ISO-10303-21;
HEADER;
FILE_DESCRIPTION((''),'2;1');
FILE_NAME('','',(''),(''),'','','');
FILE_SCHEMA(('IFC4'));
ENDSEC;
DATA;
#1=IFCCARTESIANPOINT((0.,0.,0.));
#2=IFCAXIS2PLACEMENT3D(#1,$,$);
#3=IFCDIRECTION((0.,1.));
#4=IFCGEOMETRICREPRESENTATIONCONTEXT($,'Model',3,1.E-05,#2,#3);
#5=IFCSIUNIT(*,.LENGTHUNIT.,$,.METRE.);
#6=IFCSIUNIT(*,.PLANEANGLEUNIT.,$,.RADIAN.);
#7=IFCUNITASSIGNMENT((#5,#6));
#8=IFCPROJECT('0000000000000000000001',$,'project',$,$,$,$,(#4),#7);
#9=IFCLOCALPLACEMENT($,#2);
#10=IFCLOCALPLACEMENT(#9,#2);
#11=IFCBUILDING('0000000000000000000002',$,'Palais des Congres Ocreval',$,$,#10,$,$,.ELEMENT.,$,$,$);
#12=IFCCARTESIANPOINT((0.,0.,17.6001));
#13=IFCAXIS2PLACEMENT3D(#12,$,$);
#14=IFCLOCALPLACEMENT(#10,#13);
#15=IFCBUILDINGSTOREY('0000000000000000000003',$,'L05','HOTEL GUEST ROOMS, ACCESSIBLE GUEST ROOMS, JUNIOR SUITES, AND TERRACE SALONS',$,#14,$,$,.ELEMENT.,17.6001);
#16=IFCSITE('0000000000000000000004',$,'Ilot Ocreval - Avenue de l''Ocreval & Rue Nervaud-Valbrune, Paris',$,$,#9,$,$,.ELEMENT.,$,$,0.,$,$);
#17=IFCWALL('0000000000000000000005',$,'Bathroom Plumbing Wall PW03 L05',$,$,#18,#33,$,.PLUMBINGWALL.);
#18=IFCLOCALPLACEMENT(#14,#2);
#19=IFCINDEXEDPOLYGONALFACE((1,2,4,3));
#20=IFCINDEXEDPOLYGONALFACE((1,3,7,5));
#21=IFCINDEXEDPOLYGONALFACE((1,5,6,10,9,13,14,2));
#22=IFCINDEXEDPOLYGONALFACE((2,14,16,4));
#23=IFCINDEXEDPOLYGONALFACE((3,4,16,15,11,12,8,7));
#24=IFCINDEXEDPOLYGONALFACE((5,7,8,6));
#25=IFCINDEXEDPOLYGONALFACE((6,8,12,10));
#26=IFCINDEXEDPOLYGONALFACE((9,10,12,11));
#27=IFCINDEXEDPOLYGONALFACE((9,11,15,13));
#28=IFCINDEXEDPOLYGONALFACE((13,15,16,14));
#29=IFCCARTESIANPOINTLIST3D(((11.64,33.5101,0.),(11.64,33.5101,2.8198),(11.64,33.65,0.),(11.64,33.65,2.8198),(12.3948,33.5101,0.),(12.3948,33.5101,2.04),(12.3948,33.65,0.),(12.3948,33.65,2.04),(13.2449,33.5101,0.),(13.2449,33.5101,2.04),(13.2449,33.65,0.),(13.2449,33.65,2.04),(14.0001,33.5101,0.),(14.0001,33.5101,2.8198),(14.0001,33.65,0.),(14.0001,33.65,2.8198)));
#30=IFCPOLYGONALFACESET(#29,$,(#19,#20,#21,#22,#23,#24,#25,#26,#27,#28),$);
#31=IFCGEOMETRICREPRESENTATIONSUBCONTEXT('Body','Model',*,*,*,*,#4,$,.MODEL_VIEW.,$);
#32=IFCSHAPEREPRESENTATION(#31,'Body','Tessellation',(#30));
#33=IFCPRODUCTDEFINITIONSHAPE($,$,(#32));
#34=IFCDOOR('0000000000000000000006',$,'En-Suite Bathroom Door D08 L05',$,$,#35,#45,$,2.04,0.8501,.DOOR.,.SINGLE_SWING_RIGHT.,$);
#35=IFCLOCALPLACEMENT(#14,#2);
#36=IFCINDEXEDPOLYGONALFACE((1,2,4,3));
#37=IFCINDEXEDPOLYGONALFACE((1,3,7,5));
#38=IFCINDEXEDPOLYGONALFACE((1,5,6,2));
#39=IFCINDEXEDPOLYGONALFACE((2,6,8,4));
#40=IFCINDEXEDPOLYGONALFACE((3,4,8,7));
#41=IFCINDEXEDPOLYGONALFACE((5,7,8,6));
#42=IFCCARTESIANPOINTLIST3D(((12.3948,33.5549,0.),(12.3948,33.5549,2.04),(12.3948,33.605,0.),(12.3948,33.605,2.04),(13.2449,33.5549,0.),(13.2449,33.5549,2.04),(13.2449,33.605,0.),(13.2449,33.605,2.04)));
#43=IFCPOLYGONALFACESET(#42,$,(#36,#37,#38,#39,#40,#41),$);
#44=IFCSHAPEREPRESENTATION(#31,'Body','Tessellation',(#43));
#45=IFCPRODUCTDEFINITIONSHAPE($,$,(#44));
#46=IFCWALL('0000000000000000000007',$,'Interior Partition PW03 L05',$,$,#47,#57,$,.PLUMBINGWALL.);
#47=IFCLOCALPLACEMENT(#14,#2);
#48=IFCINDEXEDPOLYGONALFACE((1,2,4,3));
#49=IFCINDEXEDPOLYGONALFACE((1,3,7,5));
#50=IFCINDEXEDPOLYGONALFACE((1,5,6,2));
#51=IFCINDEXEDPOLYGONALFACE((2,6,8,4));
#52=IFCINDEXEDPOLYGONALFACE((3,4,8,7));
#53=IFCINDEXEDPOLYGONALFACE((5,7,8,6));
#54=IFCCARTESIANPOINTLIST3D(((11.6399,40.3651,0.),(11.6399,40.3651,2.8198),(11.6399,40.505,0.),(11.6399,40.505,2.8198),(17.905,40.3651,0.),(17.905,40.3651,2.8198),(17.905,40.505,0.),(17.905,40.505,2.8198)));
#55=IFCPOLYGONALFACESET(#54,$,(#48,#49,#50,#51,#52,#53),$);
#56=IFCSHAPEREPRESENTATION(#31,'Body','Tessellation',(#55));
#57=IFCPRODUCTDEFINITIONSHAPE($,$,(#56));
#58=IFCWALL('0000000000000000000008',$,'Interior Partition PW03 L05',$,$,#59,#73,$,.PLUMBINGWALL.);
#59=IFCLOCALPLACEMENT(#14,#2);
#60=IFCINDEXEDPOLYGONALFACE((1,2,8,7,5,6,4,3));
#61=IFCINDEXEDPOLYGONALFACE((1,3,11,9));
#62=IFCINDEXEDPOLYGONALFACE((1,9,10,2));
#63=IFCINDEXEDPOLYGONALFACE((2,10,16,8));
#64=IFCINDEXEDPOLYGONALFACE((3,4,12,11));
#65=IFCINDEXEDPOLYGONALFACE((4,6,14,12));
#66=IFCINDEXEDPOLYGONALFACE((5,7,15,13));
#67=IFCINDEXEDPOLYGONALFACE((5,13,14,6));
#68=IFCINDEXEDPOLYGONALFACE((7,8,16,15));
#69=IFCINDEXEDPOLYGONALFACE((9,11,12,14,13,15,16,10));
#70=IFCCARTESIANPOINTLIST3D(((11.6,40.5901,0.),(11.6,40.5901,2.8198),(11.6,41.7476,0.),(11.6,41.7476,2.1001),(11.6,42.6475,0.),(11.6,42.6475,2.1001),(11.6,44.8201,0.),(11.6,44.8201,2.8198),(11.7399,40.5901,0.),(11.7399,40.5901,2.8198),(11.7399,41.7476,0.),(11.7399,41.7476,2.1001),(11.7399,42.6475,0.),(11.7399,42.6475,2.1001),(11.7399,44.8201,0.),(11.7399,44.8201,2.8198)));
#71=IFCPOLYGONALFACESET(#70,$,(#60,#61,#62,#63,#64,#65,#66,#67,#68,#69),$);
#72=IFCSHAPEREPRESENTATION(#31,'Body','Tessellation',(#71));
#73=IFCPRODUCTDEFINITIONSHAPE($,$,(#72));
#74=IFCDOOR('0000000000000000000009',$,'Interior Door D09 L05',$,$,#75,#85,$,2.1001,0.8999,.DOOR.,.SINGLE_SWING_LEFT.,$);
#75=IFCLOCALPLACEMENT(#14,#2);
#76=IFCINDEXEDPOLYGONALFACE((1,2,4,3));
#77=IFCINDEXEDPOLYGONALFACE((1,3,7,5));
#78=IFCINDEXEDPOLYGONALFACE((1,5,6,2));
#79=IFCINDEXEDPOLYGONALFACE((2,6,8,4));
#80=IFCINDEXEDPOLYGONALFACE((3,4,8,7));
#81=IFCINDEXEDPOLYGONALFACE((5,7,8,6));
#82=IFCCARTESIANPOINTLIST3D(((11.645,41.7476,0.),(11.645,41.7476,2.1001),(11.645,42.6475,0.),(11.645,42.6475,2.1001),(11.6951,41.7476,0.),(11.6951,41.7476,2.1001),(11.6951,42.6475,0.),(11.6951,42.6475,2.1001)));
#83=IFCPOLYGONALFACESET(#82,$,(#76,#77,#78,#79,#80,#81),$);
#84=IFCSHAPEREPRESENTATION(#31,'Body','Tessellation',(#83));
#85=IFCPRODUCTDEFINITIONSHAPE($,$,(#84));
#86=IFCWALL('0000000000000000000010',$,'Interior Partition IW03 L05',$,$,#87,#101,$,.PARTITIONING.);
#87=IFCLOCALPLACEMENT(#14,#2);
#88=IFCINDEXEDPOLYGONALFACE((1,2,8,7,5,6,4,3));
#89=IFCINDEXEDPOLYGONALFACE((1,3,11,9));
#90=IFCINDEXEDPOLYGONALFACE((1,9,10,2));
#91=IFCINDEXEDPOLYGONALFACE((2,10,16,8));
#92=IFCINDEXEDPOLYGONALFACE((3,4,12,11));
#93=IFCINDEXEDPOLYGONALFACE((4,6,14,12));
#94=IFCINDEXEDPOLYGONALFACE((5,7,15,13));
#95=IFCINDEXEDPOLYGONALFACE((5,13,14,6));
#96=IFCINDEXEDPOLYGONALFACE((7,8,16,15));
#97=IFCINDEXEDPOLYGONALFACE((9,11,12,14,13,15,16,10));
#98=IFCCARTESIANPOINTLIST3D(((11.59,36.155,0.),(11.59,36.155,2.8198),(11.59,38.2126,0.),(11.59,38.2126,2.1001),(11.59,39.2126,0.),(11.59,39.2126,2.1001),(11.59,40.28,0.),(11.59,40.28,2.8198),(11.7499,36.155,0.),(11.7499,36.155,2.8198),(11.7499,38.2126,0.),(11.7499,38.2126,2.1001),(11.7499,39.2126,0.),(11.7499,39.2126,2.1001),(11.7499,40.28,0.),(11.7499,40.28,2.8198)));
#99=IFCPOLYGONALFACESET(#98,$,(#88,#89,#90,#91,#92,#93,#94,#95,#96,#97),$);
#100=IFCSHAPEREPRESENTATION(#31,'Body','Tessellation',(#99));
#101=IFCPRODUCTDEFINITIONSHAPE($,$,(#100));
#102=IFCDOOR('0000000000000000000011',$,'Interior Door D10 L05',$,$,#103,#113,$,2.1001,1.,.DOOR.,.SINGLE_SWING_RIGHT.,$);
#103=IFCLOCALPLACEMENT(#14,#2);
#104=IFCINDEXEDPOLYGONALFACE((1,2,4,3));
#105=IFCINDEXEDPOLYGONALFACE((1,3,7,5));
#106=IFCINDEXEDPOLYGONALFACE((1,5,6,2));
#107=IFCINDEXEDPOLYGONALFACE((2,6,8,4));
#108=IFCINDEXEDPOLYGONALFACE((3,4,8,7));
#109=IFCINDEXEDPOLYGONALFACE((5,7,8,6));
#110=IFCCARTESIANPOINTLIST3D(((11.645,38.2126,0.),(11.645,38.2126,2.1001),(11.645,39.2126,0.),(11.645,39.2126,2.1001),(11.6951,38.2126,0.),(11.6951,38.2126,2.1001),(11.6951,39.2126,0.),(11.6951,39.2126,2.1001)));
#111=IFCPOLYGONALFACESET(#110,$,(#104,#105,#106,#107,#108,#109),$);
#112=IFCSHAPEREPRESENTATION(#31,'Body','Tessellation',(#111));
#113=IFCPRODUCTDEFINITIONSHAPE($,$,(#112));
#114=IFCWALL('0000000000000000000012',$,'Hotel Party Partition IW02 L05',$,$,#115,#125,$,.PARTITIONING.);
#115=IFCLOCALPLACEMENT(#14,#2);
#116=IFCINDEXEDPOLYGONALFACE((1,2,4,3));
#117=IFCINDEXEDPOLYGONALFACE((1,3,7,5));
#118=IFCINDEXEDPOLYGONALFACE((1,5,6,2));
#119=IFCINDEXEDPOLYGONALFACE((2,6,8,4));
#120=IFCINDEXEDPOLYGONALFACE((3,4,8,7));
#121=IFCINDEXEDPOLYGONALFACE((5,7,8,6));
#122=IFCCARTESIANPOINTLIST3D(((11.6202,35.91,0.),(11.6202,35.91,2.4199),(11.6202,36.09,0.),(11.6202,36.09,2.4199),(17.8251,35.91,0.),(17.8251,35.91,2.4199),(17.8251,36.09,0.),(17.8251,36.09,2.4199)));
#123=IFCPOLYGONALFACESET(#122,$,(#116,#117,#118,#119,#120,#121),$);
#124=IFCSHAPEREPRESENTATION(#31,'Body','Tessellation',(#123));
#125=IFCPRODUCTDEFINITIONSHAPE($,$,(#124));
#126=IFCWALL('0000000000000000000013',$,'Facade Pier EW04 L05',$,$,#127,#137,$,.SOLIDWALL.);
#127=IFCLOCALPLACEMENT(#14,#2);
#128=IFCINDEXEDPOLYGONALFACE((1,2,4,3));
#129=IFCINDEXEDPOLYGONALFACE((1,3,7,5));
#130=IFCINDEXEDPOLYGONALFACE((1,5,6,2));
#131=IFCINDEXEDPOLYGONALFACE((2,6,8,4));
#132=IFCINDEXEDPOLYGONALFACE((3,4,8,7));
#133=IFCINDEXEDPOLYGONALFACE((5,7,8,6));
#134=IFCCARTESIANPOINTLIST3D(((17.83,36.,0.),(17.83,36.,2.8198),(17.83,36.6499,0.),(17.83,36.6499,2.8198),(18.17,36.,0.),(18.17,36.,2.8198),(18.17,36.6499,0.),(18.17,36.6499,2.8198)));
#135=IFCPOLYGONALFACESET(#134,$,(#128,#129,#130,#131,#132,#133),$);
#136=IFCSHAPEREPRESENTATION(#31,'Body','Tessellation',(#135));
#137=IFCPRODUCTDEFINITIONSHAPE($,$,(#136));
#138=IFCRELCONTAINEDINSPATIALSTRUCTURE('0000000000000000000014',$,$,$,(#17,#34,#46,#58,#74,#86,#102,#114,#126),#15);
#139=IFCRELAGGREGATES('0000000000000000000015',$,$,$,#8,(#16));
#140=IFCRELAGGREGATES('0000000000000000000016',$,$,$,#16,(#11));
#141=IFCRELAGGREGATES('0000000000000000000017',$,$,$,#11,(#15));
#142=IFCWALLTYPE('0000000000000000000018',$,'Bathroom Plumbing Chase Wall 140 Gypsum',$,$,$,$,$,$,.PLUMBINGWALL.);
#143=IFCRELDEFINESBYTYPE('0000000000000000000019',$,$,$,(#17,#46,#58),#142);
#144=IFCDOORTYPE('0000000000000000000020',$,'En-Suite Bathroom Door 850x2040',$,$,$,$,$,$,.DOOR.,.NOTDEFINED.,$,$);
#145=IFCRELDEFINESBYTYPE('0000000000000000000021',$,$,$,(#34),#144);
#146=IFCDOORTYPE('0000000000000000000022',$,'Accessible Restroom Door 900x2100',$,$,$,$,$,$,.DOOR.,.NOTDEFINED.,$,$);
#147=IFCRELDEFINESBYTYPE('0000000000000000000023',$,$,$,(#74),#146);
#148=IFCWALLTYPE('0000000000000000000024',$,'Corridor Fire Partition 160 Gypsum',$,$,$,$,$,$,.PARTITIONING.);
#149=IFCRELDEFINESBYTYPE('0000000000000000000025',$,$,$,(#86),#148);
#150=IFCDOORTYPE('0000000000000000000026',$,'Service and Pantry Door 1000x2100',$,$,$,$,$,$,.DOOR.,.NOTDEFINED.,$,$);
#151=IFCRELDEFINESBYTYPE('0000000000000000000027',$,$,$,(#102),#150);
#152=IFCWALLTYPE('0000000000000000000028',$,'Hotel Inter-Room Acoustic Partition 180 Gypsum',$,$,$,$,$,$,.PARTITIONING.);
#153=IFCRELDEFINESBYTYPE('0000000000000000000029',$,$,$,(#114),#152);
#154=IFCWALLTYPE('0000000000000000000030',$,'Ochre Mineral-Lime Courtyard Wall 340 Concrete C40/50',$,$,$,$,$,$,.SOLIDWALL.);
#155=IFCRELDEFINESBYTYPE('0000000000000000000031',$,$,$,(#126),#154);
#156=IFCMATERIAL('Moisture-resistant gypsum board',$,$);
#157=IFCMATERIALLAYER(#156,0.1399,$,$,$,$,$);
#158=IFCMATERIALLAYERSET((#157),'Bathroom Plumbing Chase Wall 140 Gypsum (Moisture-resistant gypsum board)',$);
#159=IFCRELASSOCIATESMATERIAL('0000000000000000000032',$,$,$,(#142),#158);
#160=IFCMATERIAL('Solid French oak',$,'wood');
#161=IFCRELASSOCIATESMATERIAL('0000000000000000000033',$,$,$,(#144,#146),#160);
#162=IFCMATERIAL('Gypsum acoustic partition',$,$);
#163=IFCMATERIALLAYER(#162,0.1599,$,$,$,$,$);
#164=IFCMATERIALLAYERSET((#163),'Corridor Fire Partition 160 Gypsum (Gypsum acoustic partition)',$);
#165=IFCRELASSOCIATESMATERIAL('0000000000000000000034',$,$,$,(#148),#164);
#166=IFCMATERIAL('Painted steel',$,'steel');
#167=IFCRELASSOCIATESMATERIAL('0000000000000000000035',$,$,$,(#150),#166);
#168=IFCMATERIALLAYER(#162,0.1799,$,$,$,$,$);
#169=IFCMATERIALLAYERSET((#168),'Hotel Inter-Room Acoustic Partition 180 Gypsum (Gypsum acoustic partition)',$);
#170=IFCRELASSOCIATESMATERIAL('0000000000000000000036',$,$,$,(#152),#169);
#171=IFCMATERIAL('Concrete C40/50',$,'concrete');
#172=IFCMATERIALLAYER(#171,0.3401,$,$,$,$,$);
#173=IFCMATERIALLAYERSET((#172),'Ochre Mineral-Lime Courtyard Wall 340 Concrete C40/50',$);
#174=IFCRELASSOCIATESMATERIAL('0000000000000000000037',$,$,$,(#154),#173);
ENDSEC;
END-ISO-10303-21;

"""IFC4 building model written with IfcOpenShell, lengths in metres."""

from ifc_helpers import new_model, si_unit, direction, frame, frame_2d, origin, place, context, subcontext, project, spatial, rectangle, extrude, material, layer, layer_set, type_object, element, fill, save


model = new_model("IFC4")

# Units and contexts
model_context = context("Model", 3, precision=1e-05, world=origin(), true_north=direction((0.0, 1.0)))
body_context = subcontext(model_context, "Body", "Model", "MODEL_VIEW")
ifc_project = project(units=[si_unit("LENGTHUNIT", "METRE"), si_unit("PLANEANGLEUNIT", "RADIAN")], contexts=[model_context])

# Site, building, storey
site_placement = place(None, origin())
site = spatial("IfcSite", under=ifc_project, at=site_placement, Name="Ilot Ocreval - Avenue de l'Ocreval & Rue Nervaud-Valbrune, Paris", CompositionType="ELEMENT", RefElevation=0.0)
building_placement = place(site_placement, origin())
building = spatial("IfcBuilding", under=site, at=building_placement, Name="Palais des Congres Ocreval", CompositionType="ELEMENT")
storey_placement = place(building_placement, frame((0.0, 0.0, 17.6001)))
storey = spatial("IfcBuildingStorey", under=building, at=storey_placement, Name="L05", Description="HOTEL GUEST ROOMS, ACCESSIBLE GUEST ROOMS, JUNIOR SUITES, AND TERRACE SALONS", CompositionType="ELEMENT", Elevation=17.6001)

# Shared definitions
ifc_material_1 = material(Name="Concrete C40/50", Category="concrete")

# Wall, opening, door
ifc_material_2 = material(Name="Moisture-resistant gypsum board")
ifc_layer_1 = layer(ifc_material_2, 0.1399)
ifc_layer_set_1 = layer_set([ifc_layer_1], Name="Bathroom Plumbing Chase Wall 140 Gypsum (Moisture-resistant gypsum board)")
wall_type_1 = type_object("IfcWallType", Name="Bathroom Plumbing Chase Wall 140 Gypsum", PredefinedType="PLUMBINGWALL", material=ifc_layer_set_1)
wall_1_placement = place(storey_placement, frame((11.6399, 33.5801, 0.0), z_axis=(0.0, 0.0, 1.0), x_axis=(1.0, 0.0, 0.0)))
wall_1 = element("IfcWall", 1, at=wall_1_placement, inside=storey, type_object=wall_type_1, Name="Bathroom Plumbing Wall PW03 L05", PredefinedType="PLUMBINGWALL", context=body_context, shape_type="SweptSolid", body=[
    extrude(rectangle(XDim=2.3601, YDim=0.1399, at=frame_2d((1.1802, 0.0))), origin(), (0.0, 0.0, 1.0), 2.8198),
])
opening_1_placement = place(wall_1_placement, frame((0.7549, 0.0, 0.0)))
opening_1 = element("IfcOpeningElement", 2, at=opening_1_placement, cuts=wall_1, PredefinedType="OPENING", context=body_context, shape_type="SweptSolid", body=[
    extrude(rectangle(XDim=0.8501, YDim=2.04, at=frame_2d((0.425, 1.02))), frame((0.0, 0.0798, 0.0), z_axis=(0.0, -1.0, 0.0), x_axis=(1.0, 0.0, 0.0)), (0.0, 0.0, 1.0), 0.1599),
])
ifc_material_3 = material(Name="Solid French oak", Category="wood")
door_type_1 = type_object("IfcDoorType", Name="En-Suite Bathroom Door 850x2040", OperationType="NOTDEFINED", PredefinedType="DOOR", material=ifc_material_3)
door_1_placement = place(opening_1_placement, origin())
door_1 = element("IfcDoor", 3, at=door_1_placement, inside=storey, type_object=door_type_1, Name="En-Suite Bathroom Door D08 L05", OperationType="SINGLE_SWING_RIGHT", OverallHeight=2.04, OverallWidth=0.8501, PredefinedType="DOOR", context=body_context, shape_type="SweptSolid", body=[
    extrude(rectangle(XDim=0.8501, YDim=2.04, at=frame_2d((0.425, 1.02))), frame((0.0, 0.0249, 0.0), z_axis=(0.0, -1.0, 0.0), x_axis=(1.0, 0.0, 0.0)), (0.0, 0.0, 1.0), 0.05),
])
fill(opening_1, door_1)

# Wall
wall_2_placement = place(storey_placement, frame((11.6399, 40.4351, 0.0), z_axis=(0.0, 0.0, 1.0), x_axis=(1.0, 0.0, 0.0)))
element("IfcWall", 4, at=wall_2_placement, inside=storey, type_object=wall_type_1, Name="Interior Partition PW03 L05", PredefinedType="PLUMBINGWALL", context=body_context, shape_type="SweptSolid", body=[
    extrude(rectangle(XDim=6.2651, YDim=0.1399, at=frame_2d((3.1326, 0.0))), origin(), (0.0, 0.0, 1.0), 2.8198),
])

# Walls, openings, doors
wall_3_placement = place(storey_placement, frame((11.6699, 40.5901, 0.0), z_axis=(0.0, 0.0, 1.0), x_axis=(0.0, 1.0, 0.0)))
wall_3 = element("IfcWall", 5, at=wall_3_placement, inside=storey, type_object=wall_type_1, Name="Interior Partition PW03 L05", PredefinedType="PLUMBINGWALL", context=body_context, shape_type="SweptSolid", body=[
    extrude(rectangle(XDim=4.23, YDim=0.1399, at=frame_2d((2.115, 0.0))), origin(), (0.0, 0.0, 1.0), 2.8198),
])
opening_2_placement = place(wall_3_placement, frame((1.1575, 0.0, 0.0)))
opening_2 = element("IfcOpeningElement", 6, at=opening_2_placement, cuts=wall_3, PredefinedType="OPENING", context=body_context, shape_type="SweptSolid", body=[
    extrude(rectangle(XDim=0.8999, YDim=2.1001, at=frame_2d((0.45, 1.05))), frame((0.0, 0.0798, 0.0), z_axis=(0.0, -1.0, 0.0), x_axis=(1.0, 0.0, 0.0)), (0.0, 0.0, 1.0), 0.1599),
])
door_type_2 = type_object("IfcDoorType", Name="Accessible Restroom Door 900x2100", OperationType="NOTDEFINED", PredefinedType="DOOR", material=ifc_material_3)
door_2_placement = place(opening_2_placement, origin())
door_2 = element("IfcDoor", 7, at=door_2_placement, inside=storey, type_object=door_type_2, Name="Interior Door D09 L05", OperationType="SINGLE_SWING_LEFT", OverallHeight=2.1001, OverallWidth=0.8999, PredefinedType="DOOR", context=body_context, shape_type="SweptSolid", body=[
    extrude(rectangle(XDim=0.8999, YDim=2.1001, at=frame_2d((0.45, 1.05))), frame((0.0, 0.0249, 0.0), z_axis=(0.0, -1.0, 0.0), x_axis=(1.0, 0.0, 0.0)), (0.0, 0.0, 1.0), 0.05),
])
fill(opening_2, door_2)
ifc_material_4 = material(Name="Gypsum acoustic partition")
ifc_layer_2 = layer(ifc_material_4, 0.1599)
ifc_layer_set_2 = layer_set([ifc_layer_2], Name="Corridor Fire Partition 160 Gypsum (Gypsum acoustic partition)")
wall_type_2 = type_object("IfcWallType", Name="Corridor Fire Partition 160 Gypsum", PredefinedType="PARTITIONING", material=ifc_layer_set_2)
wall_4_placement = place(storey_placement, frame((11.6699, 36.155, 0.0), z_axis=(0.0, 0.0, 1.0), x_axis=(0.0, 1.0, 0.0)))
wall_4 = element("IfcWall", 8, at=wall_4_placement, inside=storey, type_object=wall_type_2, Name="Interior Partition IW03 L05", PredefinedType="PARTITIONING", context=body_context, shape_type="SweptSolid", body=[
    extrude(rectangle(XDim=4.125, YDim=0.1599, at=frame_2d((2.0625, 0.0))), origin(), (0.0, 0.0, 1.0), 2.8198),
])
opening_3_placement = place(wall_4_placement, frame((2.0576, 0.0, 0.0)))
opening_3 = element("IfcOpeningElement", 9, at=opening_3_placement, cuts=wall_4, PredefinedType="OPENING", context=body_context, shape_type="SweptSolid", body=[
    extrude(rectangle(XDim=1.0, YDim=2.1001, at=frame_2d((0.5, 1.05))), frame((0.0, 0.0898, 0.0), z_axis=(0.0, -1.0, 0.0), x_axis=(1.0, 0.0, 0.0)), (0.0, 0.0, 1.0), 0.1799),
])
ifc_material_5 = material(Name="Painted steel", Category="steel")
door_type_3 = type_object("IfcDoorType", Name="Service and Pantry Door 1000x2100", OperationType="NOTDEFINED", PredefinedType="DOOR", material=ifc_material_5)
door_3_placement = place(opening_3_placement, origin())
door_3 = element("IfcDoor", 10, at=door_3_placement, inside=storey, type_object=door_type_3, Name="Interior Door D10 L05", OperationType="SINGLE_SWING_RIGHT", OverallHeight=2.1001, OverallWidth=1.0, PredefinedType="DOOR", context=body_context, shape_type="SweptSolid", body=[
    extrude(rectangle(XDim=1.0, YDim=2.1001, at=frame_2d((0.5, 1.05))), frame((0.0, 0.0249, 0.0), z_axis=(0.0, -1.0, 0.0), x_axis=(1.0, 0.0, 0.0)), (0.0, 0.0, 1.0), 0.05),
])
fill(opening_3, door_3)

# Walls
ifc_layer_3 = layer(ifc_material_4, 0.1799)
ifc_layer_set_3 = layer_set([ifc_layer_3], Name="Hotel Inter-Room Acoustic Partition 180 Gypsum (Gypsum acoustic partition)")
wall_type_3 = type_object("IfcWallType", Name="Hotel Inter-Room Acoustic Partition 180 Gypsum", PredefinedType="PARTITIONING", material=ifc_layer_set_3)
wall_5_placement = place(storey_placement, frame((11.6201, 36.0, 0.0), z_axis=(0.0, 0.0, 1.0), x_axis=(1.0, 0.0, 0.0)))
element("IfcWall", 11, at=wall_5_placement, inside=storey, type_object=wall_type_3, Name="Hotel Party Partition IW02 L05", PredefinedType="PARTITIONING", context=body_context, shape_type="SweptSolid", body=[
    extrude(rectangle(XDim=6.2048, YDim=0.1799, at=frame_2d((3.1025, 0.0))), origin(), (0.0, 0.0, 1.0), 2.4199),
])
ifc_layer_4 = layer(ifc_material_1, 0.3401)
ifc_layer_set_4 = layer_set([ifc_layer_4], Name="Ochre Mineral-Lime Courtyard Wall 340 Concrete C40/50")
wall_type_4 = type_object("IfcWallType", Name="Ochre Mineral-Lime Courtyard Wall 340 Concrete C40/50", PredefinedType="SOLIDWALL", material=ifc_layer_set_4)
wall_6_placement = place(storey_placement, frame((18.0, 36.6499, 0.0), z_axis=(0.0, 0.0, 1.0), x_axis=(0.0, -1.0, 0.0)))
element("IfcWall", 12, at=wall_6_placement, inside=storey, type_object=wall_type_4, Name="Facade Pier EW04 L05", PredefinedType="SOLIDWALL", context=body_context, shape_type="SweptSolid", body=[
    extrude(rectangle(XDim=0.6499, YDim=0.3401, at=frame_2d((0.325, 0.0))), origin(), (0.0, 0.0, 1.0), 2.8198),
])

save(model, "model.ifc")
